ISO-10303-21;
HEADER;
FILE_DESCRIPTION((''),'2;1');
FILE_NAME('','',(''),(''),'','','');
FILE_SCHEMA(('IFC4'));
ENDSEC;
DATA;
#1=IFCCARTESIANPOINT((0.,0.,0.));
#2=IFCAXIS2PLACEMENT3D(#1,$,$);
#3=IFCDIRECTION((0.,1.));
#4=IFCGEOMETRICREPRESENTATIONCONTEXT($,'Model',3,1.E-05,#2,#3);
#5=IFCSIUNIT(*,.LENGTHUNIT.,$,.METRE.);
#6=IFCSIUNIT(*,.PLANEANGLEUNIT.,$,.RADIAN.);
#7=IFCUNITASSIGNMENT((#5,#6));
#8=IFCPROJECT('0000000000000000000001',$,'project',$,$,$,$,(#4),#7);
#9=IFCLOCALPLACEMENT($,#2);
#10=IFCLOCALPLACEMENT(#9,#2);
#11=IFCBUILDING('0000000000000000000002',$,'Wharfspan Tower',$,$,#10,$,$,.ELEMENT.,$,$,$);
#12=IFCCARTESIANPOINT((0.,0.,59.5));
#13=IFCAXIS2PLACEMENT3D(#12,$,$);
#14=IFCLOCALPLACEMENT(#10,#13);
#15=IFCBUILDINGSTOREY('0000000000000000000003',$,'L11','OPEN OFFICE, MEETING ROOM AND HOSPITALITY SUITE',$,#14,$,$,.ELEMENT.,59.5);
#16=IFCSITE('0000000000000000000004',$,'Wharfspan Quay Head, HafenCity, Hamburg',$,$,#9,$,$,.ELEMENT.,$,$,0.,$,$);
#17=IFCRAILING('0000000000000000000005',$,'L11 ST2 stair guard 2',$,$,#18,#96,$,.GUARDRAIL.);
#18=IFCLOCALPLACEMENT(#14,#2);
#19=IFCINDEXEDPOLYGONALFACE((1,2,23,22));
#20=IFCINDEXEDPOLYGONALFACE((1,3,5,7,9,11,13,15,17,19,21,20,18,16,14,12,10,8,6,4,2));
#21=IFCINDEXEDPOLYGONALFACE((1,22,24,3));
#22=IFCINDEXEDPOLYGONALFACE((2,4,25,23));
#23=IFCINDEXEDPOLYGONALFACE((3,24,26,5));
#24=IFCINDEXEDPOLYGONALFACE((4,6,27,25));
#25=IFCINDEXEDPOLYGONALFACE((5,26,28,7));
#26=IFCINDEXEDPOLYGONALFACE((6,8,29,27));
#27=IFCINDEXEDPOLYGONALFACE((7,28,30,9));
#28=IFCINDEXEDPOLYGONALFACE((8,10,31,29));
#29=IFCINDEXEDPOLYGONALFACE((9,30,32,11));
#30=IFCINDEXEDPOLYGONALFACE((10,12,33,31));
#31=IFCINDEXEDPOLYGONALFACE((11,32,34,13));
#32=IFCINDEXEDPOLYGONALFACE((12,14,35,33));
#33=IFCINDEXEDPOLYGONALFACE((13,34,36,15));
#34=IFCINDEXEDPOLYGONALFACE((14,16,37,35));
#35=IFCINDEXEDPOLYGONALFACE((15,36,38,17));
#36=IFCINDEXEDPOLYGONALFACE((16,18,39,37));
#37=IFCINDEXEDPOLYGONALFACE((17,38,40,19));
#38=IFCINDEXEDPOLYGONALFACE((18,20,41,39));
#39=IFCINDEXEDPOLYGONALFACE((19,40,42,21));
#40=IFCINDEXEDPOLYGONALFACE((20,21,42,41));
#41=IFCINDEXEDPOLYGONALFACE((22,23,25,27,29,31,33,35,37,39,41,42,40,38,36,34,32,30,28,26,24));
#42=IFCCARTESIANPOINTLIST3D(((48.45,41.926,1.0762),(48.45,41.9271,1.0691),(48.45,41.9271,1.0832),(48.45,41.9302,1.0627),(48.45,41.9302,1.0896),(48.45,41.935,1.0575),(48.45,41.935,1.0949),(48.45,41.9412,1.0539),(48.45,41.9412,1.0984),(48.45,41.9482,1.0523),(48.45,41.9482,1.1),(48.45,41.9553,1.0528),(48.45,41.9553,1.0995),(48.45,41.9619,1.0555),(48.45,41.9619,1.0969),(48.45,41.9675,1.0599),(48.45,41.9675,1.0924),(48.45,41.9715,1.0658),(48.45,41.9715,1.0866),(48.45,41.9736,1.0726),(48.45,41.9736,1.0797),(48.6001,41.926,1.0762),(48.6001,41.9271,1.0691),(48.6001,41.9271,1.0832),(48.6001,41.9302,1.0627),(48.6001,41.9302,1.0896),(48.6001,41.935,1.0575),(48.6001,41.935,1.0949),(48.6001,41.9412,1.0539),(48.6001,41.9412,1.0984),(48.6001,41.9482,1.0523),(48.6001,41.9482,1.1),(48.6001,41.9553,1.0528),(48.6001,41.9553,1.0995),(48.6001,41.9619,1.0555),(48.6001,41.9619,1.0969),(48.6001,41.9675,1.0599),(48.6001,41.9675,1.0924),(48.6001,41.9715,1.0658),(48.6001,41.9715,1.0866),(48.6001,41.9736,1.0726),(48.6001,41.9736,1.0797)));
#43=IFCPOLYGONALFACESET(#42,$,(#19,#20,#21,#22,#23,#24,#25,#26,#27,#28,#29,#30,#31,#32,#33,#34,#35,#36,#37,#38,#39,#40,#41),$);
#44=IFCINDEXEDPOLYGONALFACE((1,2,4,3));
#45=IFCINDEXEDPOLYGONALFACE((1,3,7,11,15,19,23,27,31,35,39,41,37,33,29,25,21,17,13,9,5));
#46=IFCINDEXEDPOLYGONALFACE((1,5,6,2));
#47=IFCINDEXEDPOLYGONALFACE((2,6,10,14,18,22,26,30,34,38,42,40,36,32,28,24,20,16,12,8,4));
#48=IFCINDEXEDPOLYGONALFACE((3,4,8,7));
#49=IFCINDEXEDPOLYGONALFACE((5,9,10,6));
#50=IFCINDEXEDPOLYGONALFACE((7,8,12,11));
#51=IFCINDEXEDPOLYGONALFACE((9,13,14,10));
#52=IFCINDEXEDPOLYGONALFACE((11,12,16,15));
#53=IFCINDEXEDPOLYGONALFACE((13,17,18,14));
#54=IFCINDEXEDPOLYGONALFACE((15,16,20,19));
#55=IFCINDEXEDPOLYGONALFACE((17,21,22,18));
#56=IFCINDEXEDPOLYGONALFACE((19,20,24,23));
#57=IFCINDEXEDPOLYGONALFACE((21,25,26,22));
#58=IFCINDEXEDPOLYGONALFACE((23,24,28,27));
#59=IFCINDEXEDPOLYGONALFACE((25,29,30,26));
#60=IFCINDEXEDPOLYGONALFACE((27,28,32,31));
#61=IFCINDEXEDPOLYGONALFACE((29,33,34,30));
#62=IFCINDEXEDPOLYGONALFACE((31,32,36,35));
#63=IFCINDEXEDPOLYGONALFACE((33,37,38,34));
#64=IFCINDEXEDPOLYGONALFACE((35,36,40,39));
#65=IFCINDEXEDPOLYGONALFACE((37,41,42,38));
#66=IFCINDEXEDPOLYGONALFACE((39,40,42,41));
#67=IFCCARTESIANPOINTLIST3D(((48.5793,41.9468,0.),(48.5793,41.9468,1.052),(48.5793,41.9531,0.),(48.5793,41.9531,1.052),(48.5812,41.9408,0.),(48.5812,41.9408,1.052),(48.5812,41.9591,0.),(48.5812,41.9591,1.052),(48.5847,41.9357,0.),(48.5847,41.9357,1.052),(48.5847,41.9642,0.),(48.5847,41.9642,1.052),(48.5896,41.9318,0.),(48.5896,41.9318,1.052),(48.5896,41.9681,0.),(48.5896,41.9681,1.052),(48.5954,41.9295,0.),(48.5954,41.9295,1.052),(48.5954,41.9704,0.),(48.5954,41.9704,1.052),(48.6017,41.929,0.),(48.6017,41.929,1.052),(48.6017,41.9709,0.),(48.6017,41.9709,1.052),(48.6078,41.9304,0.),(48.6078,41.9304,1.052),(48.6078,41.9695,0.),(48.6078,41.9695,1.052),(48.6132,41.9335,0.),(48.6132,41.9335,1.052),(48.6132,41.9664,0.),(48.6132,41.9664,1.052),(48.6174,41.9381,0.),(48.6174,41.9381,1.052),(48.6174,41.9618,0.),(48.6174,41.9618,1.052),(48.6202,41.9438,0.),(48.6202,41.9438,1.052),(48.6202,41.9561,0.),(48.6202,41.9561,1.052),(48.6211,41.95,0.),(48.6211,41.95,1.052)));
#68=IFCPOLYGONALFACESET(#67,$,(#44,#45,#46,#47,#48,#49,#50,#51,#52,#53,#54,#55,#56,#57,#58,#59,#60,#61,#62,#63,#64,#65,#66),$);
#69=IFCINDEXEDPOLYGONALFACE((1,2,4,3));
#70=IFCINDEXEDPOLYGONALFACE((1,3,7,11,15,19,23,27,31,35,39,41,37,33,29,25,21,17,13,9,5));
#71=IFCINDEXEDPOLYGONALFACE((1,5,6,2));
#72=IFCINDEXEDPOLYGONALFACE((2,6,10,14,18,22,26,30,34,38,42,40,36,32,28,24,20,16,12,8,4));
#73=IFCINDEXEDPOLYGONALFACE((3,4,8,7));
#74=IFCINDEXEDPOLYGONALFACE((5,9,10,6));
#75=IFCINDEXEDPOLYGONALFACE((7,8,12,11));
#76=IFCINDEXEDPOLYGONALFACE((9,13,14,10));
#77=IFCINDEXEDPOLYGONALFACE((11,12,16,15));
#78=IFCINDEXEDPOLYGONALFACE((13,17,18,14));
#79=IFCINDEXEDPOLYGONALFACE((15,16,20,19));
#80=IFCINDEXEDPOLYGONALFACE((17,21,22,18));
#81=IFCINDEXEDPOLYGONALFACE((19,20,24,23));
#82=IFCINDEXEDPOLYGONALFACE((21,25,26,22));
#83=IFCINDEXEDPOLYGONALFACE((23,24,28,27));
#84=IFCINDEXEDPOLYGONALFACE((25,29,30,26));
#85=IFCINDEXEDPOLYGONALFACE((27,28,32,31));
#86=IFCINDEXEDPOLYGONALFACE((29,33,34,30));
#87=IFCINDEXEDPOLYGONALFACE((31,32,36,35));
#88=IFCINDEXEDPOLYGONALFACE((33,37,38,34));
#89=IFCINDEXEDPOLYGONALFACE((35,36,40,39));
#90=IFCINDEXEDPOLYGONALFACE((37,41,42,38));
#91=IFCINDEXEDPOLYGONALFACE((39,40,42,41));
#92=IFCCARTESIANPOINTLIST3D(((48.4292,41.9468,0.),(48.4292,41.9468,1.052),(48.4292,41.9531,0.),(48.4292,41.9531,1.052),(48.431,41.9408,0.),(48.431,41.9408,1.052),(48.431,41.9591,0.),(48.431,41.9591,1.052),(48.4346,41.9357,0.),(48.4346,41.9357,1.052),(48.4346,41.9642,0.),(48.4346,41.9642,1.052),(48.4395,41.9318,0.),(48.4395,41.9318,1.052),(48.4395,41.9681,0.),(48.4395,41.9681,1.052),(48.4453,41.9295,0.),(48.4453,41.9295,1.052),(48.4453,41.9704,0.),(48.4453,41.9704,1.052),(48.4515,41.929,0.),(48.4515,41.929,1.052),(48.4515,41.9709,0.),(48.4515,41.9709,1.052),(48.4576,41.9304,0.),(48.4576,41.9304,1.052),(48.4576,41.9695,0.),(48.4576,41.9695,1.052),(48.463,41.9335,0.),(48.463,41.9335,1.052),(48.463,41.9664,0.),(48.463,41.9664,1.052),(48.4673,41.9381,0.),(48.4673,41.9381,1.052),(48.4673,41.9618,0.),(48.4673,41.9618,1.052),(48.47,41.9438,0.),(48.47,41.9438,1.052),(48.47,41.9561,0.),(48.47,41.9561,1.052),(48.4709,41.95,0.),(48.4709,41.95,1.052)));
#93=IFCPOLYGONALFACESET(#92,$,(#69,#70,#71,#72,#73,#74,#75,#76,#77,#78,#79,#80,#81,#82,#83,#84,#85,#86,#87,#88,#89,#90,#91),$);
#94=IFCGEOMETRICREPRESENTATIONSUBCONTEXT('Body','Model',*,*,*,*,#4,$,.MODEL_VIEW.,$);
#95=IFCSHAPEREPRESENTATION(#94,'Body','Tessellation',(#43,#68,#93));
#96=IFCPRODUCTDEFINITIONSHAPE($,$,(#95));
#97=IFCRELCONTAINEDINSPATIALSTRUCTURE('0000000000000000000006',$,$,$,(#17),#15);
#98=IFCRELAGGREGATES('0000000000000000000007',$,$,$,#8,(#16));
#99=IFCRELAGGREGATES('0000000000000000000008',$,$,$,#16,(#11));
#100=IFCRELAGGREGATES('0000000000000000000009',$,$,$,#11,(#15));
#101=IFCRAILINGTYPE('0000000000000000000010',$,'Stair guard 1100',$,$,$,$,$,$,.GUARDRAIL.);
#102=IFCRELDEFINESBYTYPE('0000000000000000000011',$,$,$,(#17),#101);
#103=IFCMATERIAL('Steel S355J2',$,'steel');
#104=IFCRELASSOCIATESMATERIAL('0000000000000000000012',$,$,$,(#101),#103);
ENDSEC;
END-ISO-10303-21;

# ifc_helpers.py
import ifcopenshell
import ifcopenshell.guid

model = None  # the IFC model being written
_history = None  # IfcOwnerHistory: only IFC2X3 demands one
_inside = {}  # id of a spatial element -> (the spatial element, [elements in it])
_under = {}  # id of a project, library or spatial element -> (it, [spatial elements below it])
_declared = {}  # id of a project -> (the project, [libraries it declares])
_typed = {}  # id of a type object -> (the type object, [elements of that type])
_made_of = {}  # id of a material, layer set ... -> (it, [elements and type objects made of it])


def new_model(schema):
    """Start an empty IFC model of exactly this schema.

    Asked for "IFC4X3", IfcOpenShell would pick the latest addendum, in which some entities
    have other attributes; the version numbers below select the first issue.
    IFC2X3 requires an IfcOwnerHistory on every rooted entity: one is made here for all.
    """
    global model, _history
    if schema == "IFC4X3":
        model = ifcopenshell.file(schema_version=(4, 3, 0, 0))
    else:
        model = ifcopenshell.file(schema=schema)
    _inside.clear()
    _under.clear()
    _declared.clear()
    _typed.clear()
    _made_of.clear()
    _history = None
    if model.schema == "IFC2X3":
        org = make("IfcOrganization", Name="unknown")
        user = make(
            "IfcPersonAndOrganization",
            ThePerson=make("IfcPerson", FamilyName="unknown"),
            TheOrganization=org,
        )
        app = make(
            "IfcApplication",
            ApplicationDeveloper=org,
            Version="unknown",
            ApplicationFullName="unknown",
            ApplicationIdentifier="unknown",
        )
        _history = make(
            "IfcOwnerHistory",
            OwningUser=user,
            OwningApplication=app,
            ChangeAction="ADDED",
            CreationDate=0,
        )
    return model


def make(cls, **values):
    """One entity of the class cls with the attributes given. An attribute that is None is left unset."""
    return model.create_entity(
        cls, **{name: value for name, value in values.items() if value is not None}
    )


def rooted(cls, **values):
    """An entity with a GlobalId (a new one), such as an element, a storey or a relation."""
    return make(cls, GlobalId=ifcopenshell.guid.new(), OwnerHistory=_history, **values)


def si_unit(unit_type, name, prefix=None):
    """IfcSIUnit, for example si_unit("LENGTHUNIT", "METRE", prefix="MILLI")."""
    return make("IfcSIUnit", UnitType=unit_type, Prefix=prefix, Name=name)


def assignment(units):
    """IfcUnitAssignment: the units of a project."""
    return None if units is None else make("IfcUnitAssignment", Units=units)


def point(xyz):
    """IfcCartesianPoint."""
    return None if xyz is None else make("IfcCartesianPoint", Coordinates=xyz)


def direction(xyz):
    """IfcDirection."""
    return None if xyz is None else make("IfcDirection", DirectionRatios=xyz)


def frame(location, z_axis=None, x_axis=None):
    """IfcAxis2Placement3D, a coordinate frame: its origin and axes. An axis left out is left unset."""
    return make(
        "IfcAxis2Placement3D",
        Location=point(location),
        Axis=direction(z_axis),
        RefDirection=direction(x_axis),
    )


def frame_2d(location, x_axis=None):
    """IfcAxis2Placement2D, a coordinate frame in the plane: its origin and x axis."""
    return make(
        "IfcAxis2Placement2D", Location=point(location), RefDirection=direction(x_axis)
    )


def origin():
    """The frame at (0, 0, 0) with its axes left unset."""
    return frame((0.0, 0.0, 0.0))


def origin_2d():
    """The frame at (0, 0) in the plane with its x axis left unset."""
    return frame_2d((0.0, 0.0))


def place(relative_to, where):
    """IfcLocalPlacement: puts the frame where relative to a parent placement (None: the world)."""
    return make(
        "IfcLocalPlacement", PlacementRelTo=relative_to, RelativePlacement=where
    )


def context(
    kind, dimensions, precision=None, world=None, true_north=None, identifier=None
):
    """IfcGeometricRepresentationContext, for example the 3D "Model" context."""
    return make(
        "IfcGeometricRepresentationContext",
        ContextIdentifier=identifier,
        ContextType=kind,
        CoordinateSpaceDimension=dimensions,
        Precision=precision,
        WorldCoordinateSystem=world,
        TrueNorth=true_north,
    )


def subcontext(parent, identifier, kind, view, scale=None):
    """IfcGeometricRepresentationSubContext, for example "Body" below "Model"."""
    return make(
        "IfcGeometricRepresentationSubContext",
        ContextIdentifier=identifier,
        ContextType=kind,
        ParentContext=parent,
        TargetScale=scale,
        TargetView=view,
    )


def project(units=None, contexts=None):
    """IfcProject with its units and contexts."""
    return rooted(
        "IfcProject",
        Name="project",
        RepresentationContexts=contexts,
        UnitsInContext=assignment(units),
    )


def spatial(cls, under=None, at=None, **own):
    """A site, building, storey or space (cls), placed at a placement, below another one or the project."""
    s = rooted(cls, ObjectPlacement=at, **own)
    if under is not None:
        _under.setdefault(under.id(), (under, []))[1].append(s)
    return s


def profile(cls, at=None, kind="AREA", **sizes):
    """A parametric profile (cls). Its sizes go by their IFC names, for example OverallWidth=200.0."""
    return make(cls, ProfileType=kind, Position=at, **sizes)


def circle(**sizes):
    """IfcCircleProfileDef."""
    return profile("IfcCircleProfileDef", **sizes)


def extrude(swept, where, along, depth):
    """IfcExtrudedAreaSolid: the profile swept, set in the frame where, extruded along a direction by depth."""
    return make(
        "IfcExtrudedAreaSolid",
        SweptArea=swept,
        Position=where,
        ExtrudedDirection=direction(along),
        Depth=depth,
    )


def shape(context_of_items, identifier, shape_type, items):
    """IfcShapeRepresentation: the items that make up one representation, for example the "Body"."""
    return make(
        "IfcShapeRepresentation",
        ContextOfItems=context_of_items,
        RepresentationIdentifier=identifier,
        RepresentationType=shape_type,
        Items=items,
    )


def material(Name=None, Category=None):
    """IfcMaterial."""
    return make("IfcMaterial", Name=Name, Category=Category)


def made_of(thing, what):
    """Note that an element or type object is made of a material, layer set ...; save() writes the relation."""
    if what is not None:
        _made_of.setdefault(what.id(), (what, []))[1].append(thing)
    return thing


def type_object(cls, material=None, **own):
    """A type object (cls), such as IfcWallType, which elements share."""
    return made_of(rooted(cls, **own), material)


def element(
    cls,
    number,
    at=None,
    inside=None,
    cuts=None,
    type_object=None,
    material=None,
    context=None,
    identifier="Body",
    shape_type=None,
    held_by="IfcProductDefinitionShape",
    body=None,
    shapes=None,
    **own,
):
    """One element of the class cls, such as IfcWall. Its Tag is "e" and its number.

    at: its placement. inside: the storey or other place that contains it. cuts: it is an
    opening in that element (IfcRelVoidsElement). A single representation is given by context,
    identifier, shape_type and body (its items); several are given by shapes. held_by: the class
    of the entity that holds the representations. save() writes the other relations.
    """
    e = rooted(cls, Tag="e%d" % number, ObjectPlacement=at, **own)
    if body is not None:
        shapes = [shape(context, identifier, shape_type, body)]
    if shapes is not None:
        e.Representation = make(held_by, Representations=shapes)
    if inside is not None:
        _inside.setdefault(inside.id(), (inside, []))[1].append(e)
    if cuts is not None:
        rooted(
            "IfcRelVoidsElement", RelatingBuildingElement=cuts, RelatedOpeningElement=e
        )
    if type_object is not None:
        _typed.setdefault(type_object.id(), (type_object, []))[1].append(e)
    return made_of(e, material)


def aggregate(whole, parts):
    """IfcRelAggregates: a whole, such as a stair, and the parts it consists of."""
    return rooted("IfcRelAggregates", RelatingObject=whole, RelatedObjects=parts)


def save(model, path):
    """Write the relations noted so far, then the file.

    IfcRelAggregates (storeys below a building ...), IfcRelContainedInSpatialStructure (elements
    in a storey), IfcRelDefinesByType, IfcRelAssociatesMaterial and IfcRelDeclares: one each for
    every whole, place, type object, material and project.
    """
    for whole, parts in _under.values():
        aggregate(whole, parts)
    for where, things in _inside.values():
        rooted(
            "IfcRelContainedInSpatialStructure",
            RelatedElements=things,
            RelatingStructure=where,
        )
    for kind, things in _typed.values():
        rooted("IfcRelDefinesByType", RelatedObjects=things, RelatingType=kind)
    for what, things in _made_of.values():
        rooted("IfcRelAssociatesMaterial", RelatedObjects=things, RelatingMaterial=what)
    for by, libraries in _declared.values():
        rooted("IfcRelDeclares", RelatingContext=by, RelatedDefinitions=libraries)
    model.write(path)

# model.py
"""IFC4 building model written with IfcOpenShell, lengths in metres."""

from ifc_helpers import new_model, si_unit, direction, frame, origin, origin_2d, place, context, subcontext, project, spatial, circle, extrude, material, type_object, element, save


model = new_model("IFC4")

# Units and contexts
model_context = context("Model", 3, precision=1e-05, world=origin(), true_north=direction((0.0, 1.0)))
body_context = subcontext(model_context, "Body", "Model", "MODEL_VIEW")
ifc_project = project(units=[si_unit("LENGTHUNIT", "METRE"), si_unit("PLANEANGLEUNIT", "RADIAN")], contexts=[model_context])

# Site, building, storey
site_placement = place(None, origin())
site = spatial("IfcSite", under=ifc_project, at=site_placement, Name="Wharfspan Quay Head, HafenCity, Hamburg", CompositionType="ELEMENT", RefElevation=0.0)
building_placement = place(site_placement, origin())
building = spatial("IfcBuilding", under=site, at=building_placement, Name="Wharfspan Tower", CompositionType="ELEMENT")
storey_placement = place(building_placement, frame((0.0, 0.0, 59.5)))
storey = spatial("IfcBuildingStorey", under=building, at=storey_placement, Name="L11", Description="OPEN OFFICE, MEETING ROOM AND HOSPITALITY SUITE", CompositionType="ELEMENT", Elevation=59.5)

# Shared definitions
ifc_material_1 = material(Name="Steel S355J2", Category="steel")

# Railing
railing_type_1 = type_object("IfcRailingType", Name="Stair guard 1100", PredefinedType="GUARDRAIL", material=ifc_material_1)
railing_1_placement = place(storey_placement, frame((48.6001, 41.95, 0.0)))
element("IfcRailing", 1, at=railing_1_placement, inside=storey, type_object=railing_type_1, Name="L11 ST2 stair guard 2", PredefinedType="GUARDRAIL", context=body_context, shape_type="SweptSolid", body=[
    extrude(circle(Radius=0.0239, at=origin_2d()), frame((0.0, 0.0, 1.0762), z_axis=(-1.0, 0.0, 0.0), x_axis=(0.0, -1.0, 0.0)), (0.0, 0.0, 1.0), 0.1501),
    extrude(circle(Radius=0.021, at=origin_2d()), origin(), (0.0, 0.0, 1.0), 1.052),
    extrude(circle(Radius=0.021, at=origin_2d()), frame((-0.1501, 0.0, 0.0)), (0.0, 0.0, 1.0), 1.052),
])

save(model, "model.ifc")
